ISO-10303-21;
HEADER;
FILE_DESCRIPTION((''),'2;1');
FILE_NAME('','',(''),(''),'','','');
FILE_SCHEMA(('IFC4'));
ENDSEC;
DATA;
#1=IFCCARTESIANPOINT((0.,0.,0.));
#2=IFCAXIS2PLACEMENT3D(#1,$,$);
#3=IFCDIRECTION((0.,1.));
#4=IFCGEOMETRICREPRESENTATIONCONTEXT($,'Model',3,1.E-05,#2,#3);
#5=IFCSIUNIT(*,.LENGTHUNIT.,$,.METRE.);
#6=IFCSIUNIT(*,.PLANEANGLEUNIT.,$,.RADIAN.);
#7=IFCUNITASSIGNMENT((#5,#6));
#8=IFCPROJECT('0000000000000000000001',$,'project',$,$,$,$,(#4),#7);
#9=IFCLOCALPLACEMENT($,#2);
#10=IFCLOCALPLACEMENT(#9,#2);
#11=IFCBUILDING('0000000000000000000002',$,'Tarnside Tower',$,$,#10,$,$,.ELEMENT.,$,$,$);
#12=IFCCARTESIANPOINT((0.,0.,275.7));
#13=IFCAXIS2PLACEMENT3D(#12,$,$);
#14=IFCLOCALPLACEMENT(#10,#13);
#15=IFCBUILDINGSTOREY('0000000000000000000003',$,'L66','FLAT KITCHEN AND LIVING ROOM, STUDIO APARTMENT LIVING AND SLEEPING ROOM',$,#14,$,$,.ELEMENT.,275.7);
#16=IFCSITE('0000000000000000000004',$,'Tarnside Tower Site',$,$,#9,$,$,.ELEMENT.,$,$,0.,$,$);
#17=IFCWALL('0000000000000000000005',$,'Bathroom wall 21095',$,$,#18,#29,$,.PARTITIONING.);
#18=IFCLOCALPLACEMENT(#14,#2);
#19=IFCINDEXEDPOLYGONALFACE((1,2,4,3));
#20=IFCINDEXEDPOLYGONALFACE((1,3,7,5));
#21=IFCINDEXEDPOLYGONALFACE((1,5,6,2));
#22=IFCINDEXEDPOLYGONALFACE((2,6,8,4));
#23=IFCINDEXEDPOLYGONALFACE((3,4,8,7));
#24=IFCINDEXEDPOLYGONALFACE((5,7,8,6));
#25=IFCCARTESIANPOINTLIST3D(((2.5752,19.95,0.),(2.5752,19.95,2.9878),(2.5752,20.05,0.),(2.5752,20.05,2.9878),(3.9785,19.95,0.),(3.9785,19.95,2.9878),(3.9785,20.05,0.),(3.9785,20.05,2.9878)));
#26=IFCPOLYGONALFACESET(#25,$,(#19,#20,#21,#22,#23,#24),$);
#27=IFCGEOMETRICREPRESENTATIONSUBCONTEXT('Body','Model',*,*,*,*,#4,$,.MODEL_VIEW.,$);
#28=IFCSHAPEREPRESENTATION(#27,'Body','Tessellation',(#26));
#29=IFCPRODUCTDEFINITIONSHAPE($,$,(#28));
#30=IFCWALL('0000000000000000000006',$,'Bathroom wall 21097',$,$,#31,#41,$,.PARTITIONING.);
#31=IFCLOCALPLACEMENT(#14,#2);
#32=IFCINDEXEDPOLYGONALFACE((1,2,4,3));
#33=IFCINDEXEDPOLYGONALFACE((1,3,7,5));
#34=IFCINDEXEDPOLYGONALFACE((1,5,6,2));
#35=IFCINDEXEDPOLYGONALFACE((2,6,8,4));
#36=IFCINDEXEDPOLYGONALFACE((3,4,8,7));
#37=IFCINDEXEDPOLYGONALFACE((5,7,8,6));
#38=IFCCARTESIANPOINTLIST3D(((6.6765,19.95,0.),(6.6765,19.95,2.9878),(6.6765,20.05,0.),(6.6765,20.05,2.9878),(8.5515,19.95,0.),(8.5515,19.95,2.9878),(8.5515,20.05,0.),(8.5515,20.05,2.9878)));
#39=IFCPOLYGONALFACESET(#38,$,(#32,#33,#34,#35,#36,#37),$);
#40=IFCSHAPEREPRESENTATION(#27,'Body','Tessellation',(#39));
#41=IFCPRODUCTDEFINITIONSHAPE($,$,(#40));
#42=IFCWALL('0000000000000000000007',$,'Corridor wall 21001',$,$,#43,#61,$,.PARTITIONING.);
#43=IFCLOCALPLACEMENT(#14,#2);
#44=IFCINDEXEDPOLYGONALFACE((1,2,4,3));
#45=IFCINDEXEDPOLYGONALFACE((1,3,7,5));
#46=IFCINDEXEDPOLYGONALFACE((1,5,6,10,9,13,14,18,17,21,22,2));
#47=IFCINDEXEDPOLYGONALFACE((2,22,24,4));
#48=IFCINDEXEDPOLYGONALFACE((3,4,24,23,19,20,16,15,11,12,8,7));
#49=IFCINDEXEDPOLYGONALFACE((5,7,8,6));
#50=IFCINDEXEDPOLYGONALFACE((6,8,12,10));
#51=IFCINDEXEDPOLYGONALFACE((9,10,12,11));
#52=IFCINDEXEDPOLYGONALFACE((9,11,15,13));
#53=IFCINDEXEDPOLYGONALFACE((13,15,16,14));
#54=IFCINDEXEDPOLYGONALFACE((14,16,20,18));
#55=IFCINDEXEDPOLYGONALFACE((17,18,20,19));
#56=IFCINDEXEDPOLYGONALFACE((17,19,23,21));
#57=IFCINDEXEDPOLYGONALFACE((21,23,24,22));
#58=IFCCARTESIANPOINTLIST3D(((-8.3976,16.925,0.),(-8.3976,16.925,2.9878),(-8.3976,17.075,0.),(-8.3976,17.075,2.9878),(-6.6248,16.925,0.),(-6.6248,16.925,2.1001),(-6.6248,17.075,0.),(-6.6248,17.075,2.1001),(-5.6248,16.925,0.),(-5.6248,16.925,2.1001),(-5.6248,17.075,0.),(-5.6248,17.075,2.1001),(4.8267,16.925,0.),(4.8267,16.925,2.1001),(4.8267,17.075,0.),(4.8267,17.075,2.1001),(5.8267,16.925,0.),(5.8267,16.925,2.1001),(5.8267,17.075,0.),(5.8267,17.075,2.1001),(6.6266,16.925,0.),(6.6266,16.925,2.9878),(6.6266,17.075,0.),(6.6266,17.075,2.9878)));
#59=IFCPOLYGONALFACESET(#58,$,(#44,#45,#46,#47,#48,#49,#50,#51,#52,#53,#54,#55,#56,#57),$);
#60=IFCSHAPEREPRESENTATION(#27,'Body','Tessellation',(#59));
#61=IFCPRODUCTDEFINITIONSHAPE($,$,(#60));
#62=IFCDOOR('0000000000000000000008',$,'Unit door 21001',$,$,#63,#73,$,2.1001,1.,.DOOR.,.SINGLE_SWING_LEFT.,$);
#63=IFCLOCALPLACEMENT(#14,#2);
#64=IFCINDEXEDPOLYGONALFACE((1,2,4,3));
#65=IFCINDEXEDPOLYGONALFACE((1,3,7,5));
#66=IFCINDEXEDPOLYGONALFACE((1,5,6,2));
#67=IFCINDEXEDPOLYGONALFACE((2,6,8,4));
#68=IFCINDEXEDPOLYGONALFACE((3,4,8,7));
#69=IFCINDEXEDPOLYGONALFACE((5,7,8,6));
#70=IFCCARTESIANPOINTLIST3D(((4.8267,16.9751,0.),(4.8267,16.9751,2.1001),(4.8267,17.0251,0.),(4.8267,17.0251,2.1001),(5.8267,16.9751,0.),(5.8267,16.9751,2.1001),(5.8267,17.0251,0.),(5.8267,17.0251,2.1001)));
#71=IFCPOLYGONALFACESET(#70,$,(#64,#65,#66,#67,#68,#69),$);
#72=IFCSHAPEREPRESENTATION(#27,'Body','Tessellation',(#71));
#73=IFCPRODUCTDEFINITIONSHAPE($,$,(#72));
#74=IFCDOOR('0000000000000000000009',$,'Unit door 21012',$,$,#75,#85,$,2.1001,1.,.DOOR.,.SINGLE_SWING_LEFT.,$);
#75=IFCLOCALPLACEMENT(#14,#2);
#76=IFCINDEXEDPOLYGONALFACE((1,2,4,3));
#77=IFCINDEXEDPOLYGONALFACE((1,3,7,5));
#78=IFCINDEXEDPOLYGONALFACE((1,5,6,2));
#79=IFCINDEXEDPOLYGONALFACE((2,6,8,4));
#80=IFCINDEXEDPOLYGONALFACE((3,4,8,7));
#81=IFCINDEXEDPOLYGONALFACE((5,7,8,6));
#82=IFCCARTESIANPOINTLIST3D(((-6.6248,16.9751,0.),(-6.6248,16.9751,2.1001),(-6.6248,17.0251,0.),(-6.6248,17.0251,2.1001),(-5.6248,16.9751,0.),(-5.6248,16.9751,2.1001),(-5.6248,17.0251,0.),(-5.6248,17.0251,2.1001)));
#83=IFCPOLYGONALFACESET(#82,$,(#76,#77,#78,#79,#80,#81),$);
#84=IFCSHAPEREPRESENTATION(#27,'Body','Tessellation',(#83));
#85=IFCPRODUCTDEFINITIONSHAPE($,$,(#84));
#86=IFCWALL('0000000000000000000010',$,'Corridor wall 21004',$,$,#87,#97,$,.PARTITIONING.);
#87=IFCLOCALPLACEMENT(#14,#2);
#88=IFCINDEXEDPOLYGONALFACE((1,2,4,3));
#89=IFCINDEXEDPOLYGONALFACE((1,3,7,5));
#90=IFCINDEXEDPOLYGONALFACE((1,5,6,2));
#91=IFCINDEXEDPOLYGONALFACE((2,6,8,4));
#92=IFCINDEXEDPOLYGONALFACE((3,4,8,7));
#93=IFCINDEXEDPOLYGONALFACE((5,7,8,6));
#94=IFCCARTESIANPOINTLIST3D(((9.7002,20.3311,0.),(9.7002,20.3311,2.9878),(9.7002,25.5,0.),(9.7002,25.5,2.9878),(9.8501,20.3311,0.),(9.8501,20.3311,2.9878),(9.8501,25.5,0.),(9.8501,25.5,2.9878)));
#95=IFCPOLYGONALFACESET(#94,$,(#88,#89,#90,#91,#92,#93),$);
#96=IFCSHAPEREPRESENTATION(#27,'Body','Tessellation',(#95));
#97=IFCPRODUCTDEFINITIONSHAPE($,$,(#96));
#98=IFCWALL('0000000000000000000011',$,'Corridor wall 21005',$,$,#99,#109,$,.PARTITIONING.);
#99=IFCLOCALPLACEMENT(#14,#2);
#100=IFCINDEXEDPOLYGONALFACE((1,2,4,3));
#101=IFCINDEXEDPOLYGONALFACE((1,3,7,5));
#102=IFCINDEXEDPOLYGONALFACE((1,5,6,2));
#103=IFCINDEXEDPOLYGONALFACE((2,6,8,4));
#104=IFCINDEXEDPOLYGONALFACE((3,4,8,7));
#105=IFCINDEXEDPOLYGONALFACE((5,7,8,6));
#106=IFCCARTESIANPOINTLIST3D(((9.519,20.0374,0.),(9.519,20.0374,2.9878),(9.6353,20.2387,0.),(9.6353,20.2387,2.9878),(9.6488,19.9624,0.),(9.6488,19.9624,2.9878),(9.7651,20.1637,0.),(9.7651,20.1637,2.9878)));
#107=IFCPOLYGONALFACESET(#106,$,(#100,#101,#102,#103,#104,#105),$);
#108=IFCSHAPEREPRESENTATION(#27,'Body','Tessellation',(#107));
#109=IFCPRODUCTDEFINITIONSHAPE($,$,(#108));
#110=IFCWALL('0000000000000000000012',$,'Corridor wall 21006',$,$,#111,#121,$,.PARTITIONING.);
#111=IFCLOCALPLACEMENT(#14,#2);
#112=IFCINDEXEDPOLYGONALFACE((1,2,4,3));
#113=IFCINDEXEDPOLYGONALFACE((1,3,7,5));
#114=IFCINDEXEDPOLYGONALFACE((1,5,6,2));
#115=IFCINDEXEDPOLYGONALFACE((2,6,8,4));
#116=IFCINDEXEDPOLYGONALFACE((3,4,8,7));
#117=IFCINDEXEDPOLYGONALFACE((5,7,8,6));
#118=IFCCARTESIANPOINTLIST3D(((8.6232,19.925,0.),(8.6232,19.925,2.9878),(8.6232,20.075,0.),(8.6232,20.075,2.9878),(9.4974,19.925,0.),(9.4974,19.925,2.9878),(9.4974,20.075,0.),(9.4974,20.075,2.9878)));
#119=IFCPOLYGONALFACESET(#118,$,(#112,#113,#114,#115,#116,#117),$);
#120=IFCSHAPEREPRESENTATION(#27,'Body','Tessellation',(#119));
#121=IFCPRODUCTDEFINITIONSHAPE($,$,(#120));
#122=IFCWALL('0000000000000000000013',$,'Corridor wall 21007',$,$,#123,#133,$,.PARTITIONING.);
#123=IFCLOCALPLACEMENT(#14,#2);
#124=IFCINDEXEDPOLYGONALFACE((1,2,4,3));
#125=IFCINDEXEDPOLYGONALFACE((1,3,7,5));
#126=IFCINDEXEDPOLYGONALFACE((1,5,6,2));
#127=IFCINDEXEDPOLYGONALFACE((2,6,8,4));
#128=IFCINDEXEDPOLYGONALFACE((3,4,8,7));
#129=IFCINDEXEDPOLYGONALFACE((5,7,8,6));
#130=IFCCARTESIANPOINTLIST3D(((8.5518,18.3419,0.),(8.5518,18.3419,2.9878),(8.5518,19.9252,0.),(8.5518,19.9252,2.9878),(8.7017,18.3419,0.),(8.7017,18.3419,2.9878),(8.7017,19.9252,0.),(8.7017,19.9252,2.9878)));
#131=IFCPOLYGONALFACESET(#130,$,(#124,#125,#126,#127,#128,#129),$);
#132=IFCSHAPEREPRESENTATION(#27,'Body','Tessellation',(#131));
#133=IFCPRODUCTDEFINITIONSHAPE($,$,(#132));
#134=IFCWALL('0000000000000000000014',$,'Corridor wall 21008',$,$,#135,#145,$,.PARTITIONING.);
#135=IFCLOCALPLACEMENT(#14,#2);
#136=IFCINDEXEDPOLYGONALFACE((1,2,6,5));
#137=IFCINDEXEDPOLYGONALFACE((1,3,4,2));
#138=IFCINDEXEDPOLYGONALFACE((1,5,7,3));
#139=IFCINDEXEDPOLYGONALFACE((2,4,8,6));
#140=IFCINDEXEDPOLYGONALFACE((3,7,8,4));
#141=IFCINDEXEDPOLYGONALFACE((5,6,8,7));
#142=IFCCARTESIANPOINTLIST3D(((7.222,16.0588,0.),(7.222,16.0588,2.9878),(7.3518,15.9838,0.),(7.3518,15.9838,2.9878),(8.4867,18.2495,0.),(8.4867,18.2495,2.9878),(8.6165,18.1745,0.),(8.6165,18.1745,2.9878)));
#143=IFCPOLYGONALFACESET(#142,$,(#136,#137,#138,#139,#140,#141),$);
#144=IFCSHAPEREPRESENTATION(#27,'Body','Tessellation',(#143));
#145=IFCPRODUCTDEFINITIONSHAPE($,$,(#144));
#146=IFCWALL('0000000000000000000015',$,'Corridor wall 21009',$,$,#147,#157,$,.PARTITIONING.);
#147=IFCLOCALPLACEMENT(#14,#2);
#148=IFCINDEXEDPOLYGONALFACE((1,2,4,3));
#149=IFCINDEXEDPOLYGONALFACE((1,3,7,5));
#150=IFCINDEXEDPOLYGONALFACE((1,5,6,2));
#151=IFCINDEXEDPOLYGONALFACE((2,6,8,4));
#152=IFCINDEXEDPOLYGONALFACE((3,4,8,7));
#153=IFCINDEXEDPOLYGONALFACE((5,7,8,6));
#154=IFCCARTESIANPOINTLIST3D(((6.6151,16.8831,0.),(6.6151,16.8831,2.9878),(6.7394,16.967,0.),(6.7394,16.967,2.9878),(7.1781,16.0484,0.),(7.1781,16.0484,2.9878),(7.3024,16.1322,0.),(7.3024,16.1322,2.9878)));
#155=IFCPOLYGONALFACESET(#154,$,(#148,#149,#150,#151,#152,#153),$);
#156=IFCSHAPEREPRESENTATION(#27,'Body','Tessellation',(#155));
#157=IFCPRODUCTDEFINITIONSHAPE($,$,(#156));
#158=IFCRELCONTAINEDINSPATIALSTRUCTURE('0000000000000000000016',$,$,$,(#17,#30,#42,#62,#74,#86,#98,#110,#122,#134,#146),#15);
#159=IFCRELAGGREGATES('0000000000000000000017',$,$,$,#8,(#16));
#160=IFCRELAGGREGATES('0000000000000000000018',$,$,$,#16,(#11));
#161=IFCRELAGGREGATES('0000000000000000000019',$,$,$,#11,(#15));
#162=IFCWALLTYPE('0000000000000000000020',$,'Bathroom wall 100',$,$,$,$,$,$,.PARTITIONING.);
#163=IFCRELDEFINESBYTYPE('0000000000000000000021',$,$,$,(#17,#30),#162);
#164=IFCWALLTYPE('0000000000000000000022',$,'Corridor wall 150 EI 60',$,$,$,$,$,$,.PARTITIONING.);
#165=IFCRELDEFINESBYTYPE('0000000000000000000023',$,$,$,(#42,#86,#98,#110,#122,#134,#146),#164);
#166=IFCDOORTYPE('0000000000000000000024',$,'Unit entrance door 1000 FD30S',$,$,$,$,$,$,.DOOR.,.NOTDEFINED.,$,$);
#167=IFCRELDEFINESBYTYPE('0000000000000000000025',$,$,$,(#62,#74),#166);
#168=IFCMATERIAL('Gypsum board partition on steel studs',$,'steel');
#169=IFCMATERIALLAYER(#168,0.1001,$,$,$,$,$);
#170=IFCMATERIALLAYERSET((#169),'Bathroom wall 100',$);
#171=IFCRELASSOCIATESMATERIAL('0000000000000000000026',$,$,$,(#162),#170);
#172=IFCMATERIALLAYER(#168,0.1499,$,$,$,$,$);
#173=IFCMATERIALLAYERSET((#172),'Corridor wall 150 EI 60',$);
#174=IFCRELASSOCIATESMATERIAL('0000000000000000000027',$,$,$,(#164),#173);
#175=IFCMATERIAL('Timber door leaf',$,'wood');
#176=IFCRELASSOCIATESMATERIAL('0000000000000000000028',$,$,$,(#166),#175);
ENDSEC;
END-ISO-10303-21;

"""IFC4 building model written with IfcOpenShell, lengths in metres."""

from ifc_helpers import new_model, si_unit, direction, frame, frame_2d, origin, place, context, subcontext, project, spatial, rectangle, extrude, material, layer, layer_set, type_object, element, fill, save


model = new_model("IFC4")

# Units and contexts
model_context = context("Model", 3, precision=1e-05, world=origin(), true_north=direction((0.0, 1.0)))
body_context = subcontext(model_context, "Body", "Model", "MODEL_VIEW")
ifc_project = project(units=[si_unit("LENGTHUNIT", "METRE"), si_unit("PLANEANGLEUNIT", "RADIAN")], contexts=[model_context])

# Site, building, storey
site_placement = place(None, origin())
site = spatial("IfcSite", under=ifc_project, at=site_placement, Name="Tarnside Tower Site", CompositionType="ELEMENT", RefElevation=0.0)
building_placement = place(site_placement, origin())
building = spatial("IfcBuilding", under=site, at=building_placement, Name="Tarnside Tower", CompositionType="ELEMENT")
storey_placement = place(building_placement, frame((0.0, 0.0, 275.7)))
storey = spatial("IfcBuildingStorey", under=building, at=storey_placement, Name="L66", Description="FLAT KITCHEN AND LIVING ROOM, STUDIO APARTMENT LIVING AND SLEEPING ROOM", CompositionType="ELEMENT", Elevation=275.7)

# Shared definitions
ifc_material_1 = material(Name="Gypsum board partition on steel studs", Category="steel")
ifc_layer_1 = layer(ifc_material_1, 0.1001)
ifc_layer_set_1 = layer_set([ifc_layer_1], Name="Bathroom wall 100")
wall_type_1 = type_object("IfcWallType", Name="Bathroom wall 100", PredefinedType="PARTITIONING", material=ifc_layer_set_1)

# Shared definitions
ifc_material_2 = material(Name="Timber door leaf", Category="wood")

# Walls
wall_1_placement = place(storey_placement, frame((3.9785, 20.0, 0.0), z_axis=(0.0, 0.0, 1.0), x_axis=(-1.0, 0.0, 0.0)))
element("IfcWall", 1, at=wall_1_placement, inside=storey, type_object=wall_type_1, Name="Bathroom wall 21095", PredefinedType="PARTITIONING", context=body_context, shape_type="SweptSolid", body=[
    extrude(rectangle(XDim=1.4033, YDim=0.1001, at=frame_2d((0.7017, 0.0))), origin(), (0.0, 0.0, 1.0), 2.9878),
])
wall_2_placement = place(storey_placement, frame((6.6765, 20.0, 0.0), z_axis=(0.0, 0.0, 1.0), x_axis=(1.0, 0.0, 0.0)))
element("IfcWall", 2, at=wall_2_placement, inside=storey, type_object=wall_type_1, Name="Bathroom wall 21097", PredefinedType="PARTITIONING", context=body_context, shape_type="SweptSolid", body=[
    extrude(rectangle(XDim=1.875, YDim=0.1001, at=frame_2d((0.9375, 0.0))), origin(), (0.0, 0.0, 1.0), 2.9878),
])

# Wall, openings, doors
ifc_layer_2 = layer(ifc_material_1, 0.1499)
ifc_layer_set_2 = layer_set([ifc_layer_2], Name="Corridor wall 150 EI 60")
wall_type_2 = type_object("IfcWallType", Name="Corridor wall 150 EI 60", PredefinedType="PARTITIONING", material=ifc_layer_set_2)
wall_3_placement = place(storey_placement, frame((6.6267, 17.0, 0.0), z_axis=(0.0, 0.0, 1.0), x_axis=(-1.0, 0.0, 0.0)))
wall_3 = element("IfcWall", 3, at=wall_3_placement, inside=storey, type_object=wall_type_2, Name="Corridor wall 21001", PredefinedType="PARTITIONING", context=body_context, shape_type="SweptSolid", body=[
    extrude(rectangle(XDim=15.0242, YDim=0.1499, at=frame_2d((7.5122, 0.0))), origin(), (0.0, 0.0, 1.0), 2.9878),
])
opening_1_placement = place(wall_3_placement, frame((0.8, 0.0, 0.0)))
opening_1 = element("IfcOpeningElement", 4, at=opening_1_placement, cuts=wall_3, PredefinedType="OPENING", context=body_context, shape_type="SweptSolid", body=[
    extrude(rectangle(XDim=1.0, YDim=2.1001, at=frame_2d((0.5, 1.05))), frame((0.0, 0.085, 0.0), z_axis=(0.0, -1.0, 0.0), x_axis=(1.0, 0.0, 0.0)), (0.0, 0.0, 1.0), 0.1699),
])
opening_2_placement = place(wall_3_placement, frame((12.2515, 0.0, 0.0)))
opening_2 = element("IfcOpeningElement", 5, at=opening_2_placement, cuts=wall_3, PredefinedType="OPENING", context=body_context, shape_type="SweptSolid", body=[
    extrude(rectangle(XDim=1.0, YDim=2.1001, at=frame_2d((0.5, 1.05))), frame((0.0, 0.085, 0.0), z_axis=(0.0, -1.0, 0.0), x_axis=(1.0, 0.0, 0.0)), (0.0, 0.0, 1.0), 0.1699),
])
door_type_1 = type_object("IfcDoorType", Name="Unit entrance door 1000 FD30S", OperationType="NOTDEFINED", PredefinedType="DOOR", material=ifc_material_2)
door_1_placement = place(opening_1_placement, origin())
door_1 = element("IfcDoor", 6, at=door_1_placement, inside=storey, type_object=door_type_1, Name="Unit door 21001", OperationType="SINGLE_SWING_LEFT", OverallHeight=2.1001, OverallWidth=1.0, PredefinedType="DOOR", context=body_context, shape_type="SweptSolid", body=[
    extrude(rectangle(XDim=1.0, YDim=2.1001, at=frame_2d((0.5, 1.05))), frame((0.0, 0.0249, 0.0), z_axis=(0.0, -1.0, 0.0), x_axis=(1.0, 0.0, 0.0)), (0.0, 0.0, 1.0), 0.05),
])
fill(opening_1, door_1)
door_2_placement = place(opening_2_placement, origin())
door_2 = element("IfcDoor", 7, at=door_2_placement, inside=storey, type_object=door_type_1, Name="Unit door 21012", OperationType="SINGLE_SWING_LEFT", OverallHeight=2.1001, OverallWidth=1.0, PredefinedType="DOOR", context=body_context, shape_type="SweptSolid", body=[
    extrude(rectangle(XDim=1.0, YDim=2.1001, at=frame_2d((0.5, 1.05))), frame((0.0, 0.0249, 0.0), z_axis=(0.0, -1.0, 0.0), x_axis=(1.0, 0.0, 0.0)), (0.0, 0.0, 1.0), 0.05),
])
fill(opening_2, door_2)

# Walls
wall_4_placement = place(storey_placement, frame((9.7751, 25.5, 0.0), z_axis=(0.0, 0.0, 1.0), x_axis=(0.0, -1.0, 0.0)))
element("IfcWall", 8, at=wall_4_placement, inside=storey, type_object=wall_type_2, Name="Corridor wall 21004", PredefinedType="PARTITIONING", context=body_context, shape_type="SweptSolid", body=[
    extrude(rectangle(XDim=5.1689, YDim=0.1499, at=frame_2d((2.5845, 0.0))), origin(), (0.0, 0.0, 1.0), 2.9878),
])
wall_5_placement = place(storey_placement, frame((9.7002, 20.2012, 0.0), z_axis=(0.0, 0.0, 1.0), x_axis=(-0.500208, -0.865906, 0.0)))
element("IfcWall", 9, at=wall_5_placement, inside=storey, type_object=wall_type_2, Name="Corridor wall 21005", PredefinedType="PARTITIONING", context=body_context, shape_type="SweptSolid", body=[
    extrude(rectangle(XDim=0.2324, YDim=0.1499, at=frame_2d((0.1162, 0.0))), origin(), (0.0, 0.0, 1.0), 2.9878),
])
wall_6_placement = place(storey_placement, frame((9.4973, 20.0, 0.0), z_axis=(0.0, 0.0, 1.0), x_axis=(-1.0, 0.0, 0.0)))
element("IfcWall", 10, at=wall_6_placement, inside=storey, type_object=wall_type_2, Name="Corridor wall 21006", PredefinedType="PARTITIONING", context=body_context, shape_type="SweptSolid", body=[
    extrude(rectangle(XDim=0.8743, YDim=0.1499, at=frame_2d((0.437, 0.0))), origin(), (0.0, 0.0, 1.0), 2.9878),
])
wall_7_placement = place(storey_placement, frame((8.6267, 19.925, 0.0), z_axis=(0.0, 0.0, 1.0), x_axis=(0.0, -1.0, 0.0)))
element("IfcWall", 11, at=wall_7_placement, inside=storey, type_object=wall_type_2, Name="Corridor wall 21007", PredefinedType="PARTITIONING", context=body_context, shape_type="SweptSolid", body=[
    extrude(rectangle(XDim=1.5833, YDim=0.1499, at=frame_2d((0.7915, 0.0))), origin(), (0.0, 0.0, 1.0), 2.9878),
])
wall_8_placement = place(storey_placement, frame((8.5515, 18.2119, 0.0), z_axis=(0.0, 0.0, 1.0), x_axis=(-0.499959, -0.866049, 0.0)))
element("IfcWall", 12, at=wall_8_placement, inside=storey, type_object=wall_type_2, Name="Corridor wall 21008", PredefinedType="PARTITIONING", context=body_context, shape_type="SweptSolid", body=[
    extrude(rectangle(XDim=2.5295, YDim=0.1499, at=frame_2d((1.2646, 0.0))), origin(), (0.0, 0.0, 1.0), 2.9878),
])
wall_9_placement = place(storey_placement, frame((7.2402, 16.0903, 0.0), z_axis=(0.0, 0.0, 1.0), x_axis=(-0.559169, 0.829054, 0.0)))
element("IfcWall", 13, at=wall_9_placement, inside=storey, type_object=wall_type_2, Name="Corridor wall 21009", PredefinedType="PARTITIONING", context=body_context, shape_type="SweptSolid", body=[
    extrude(rectangle(XDim=1.0068, YDim=0.1499, at=frame_2d((0.5034, 0.0))), origin(), (0.0, 0.0, 1.0), 2.9878),
])

save(model, "model.ifc")
